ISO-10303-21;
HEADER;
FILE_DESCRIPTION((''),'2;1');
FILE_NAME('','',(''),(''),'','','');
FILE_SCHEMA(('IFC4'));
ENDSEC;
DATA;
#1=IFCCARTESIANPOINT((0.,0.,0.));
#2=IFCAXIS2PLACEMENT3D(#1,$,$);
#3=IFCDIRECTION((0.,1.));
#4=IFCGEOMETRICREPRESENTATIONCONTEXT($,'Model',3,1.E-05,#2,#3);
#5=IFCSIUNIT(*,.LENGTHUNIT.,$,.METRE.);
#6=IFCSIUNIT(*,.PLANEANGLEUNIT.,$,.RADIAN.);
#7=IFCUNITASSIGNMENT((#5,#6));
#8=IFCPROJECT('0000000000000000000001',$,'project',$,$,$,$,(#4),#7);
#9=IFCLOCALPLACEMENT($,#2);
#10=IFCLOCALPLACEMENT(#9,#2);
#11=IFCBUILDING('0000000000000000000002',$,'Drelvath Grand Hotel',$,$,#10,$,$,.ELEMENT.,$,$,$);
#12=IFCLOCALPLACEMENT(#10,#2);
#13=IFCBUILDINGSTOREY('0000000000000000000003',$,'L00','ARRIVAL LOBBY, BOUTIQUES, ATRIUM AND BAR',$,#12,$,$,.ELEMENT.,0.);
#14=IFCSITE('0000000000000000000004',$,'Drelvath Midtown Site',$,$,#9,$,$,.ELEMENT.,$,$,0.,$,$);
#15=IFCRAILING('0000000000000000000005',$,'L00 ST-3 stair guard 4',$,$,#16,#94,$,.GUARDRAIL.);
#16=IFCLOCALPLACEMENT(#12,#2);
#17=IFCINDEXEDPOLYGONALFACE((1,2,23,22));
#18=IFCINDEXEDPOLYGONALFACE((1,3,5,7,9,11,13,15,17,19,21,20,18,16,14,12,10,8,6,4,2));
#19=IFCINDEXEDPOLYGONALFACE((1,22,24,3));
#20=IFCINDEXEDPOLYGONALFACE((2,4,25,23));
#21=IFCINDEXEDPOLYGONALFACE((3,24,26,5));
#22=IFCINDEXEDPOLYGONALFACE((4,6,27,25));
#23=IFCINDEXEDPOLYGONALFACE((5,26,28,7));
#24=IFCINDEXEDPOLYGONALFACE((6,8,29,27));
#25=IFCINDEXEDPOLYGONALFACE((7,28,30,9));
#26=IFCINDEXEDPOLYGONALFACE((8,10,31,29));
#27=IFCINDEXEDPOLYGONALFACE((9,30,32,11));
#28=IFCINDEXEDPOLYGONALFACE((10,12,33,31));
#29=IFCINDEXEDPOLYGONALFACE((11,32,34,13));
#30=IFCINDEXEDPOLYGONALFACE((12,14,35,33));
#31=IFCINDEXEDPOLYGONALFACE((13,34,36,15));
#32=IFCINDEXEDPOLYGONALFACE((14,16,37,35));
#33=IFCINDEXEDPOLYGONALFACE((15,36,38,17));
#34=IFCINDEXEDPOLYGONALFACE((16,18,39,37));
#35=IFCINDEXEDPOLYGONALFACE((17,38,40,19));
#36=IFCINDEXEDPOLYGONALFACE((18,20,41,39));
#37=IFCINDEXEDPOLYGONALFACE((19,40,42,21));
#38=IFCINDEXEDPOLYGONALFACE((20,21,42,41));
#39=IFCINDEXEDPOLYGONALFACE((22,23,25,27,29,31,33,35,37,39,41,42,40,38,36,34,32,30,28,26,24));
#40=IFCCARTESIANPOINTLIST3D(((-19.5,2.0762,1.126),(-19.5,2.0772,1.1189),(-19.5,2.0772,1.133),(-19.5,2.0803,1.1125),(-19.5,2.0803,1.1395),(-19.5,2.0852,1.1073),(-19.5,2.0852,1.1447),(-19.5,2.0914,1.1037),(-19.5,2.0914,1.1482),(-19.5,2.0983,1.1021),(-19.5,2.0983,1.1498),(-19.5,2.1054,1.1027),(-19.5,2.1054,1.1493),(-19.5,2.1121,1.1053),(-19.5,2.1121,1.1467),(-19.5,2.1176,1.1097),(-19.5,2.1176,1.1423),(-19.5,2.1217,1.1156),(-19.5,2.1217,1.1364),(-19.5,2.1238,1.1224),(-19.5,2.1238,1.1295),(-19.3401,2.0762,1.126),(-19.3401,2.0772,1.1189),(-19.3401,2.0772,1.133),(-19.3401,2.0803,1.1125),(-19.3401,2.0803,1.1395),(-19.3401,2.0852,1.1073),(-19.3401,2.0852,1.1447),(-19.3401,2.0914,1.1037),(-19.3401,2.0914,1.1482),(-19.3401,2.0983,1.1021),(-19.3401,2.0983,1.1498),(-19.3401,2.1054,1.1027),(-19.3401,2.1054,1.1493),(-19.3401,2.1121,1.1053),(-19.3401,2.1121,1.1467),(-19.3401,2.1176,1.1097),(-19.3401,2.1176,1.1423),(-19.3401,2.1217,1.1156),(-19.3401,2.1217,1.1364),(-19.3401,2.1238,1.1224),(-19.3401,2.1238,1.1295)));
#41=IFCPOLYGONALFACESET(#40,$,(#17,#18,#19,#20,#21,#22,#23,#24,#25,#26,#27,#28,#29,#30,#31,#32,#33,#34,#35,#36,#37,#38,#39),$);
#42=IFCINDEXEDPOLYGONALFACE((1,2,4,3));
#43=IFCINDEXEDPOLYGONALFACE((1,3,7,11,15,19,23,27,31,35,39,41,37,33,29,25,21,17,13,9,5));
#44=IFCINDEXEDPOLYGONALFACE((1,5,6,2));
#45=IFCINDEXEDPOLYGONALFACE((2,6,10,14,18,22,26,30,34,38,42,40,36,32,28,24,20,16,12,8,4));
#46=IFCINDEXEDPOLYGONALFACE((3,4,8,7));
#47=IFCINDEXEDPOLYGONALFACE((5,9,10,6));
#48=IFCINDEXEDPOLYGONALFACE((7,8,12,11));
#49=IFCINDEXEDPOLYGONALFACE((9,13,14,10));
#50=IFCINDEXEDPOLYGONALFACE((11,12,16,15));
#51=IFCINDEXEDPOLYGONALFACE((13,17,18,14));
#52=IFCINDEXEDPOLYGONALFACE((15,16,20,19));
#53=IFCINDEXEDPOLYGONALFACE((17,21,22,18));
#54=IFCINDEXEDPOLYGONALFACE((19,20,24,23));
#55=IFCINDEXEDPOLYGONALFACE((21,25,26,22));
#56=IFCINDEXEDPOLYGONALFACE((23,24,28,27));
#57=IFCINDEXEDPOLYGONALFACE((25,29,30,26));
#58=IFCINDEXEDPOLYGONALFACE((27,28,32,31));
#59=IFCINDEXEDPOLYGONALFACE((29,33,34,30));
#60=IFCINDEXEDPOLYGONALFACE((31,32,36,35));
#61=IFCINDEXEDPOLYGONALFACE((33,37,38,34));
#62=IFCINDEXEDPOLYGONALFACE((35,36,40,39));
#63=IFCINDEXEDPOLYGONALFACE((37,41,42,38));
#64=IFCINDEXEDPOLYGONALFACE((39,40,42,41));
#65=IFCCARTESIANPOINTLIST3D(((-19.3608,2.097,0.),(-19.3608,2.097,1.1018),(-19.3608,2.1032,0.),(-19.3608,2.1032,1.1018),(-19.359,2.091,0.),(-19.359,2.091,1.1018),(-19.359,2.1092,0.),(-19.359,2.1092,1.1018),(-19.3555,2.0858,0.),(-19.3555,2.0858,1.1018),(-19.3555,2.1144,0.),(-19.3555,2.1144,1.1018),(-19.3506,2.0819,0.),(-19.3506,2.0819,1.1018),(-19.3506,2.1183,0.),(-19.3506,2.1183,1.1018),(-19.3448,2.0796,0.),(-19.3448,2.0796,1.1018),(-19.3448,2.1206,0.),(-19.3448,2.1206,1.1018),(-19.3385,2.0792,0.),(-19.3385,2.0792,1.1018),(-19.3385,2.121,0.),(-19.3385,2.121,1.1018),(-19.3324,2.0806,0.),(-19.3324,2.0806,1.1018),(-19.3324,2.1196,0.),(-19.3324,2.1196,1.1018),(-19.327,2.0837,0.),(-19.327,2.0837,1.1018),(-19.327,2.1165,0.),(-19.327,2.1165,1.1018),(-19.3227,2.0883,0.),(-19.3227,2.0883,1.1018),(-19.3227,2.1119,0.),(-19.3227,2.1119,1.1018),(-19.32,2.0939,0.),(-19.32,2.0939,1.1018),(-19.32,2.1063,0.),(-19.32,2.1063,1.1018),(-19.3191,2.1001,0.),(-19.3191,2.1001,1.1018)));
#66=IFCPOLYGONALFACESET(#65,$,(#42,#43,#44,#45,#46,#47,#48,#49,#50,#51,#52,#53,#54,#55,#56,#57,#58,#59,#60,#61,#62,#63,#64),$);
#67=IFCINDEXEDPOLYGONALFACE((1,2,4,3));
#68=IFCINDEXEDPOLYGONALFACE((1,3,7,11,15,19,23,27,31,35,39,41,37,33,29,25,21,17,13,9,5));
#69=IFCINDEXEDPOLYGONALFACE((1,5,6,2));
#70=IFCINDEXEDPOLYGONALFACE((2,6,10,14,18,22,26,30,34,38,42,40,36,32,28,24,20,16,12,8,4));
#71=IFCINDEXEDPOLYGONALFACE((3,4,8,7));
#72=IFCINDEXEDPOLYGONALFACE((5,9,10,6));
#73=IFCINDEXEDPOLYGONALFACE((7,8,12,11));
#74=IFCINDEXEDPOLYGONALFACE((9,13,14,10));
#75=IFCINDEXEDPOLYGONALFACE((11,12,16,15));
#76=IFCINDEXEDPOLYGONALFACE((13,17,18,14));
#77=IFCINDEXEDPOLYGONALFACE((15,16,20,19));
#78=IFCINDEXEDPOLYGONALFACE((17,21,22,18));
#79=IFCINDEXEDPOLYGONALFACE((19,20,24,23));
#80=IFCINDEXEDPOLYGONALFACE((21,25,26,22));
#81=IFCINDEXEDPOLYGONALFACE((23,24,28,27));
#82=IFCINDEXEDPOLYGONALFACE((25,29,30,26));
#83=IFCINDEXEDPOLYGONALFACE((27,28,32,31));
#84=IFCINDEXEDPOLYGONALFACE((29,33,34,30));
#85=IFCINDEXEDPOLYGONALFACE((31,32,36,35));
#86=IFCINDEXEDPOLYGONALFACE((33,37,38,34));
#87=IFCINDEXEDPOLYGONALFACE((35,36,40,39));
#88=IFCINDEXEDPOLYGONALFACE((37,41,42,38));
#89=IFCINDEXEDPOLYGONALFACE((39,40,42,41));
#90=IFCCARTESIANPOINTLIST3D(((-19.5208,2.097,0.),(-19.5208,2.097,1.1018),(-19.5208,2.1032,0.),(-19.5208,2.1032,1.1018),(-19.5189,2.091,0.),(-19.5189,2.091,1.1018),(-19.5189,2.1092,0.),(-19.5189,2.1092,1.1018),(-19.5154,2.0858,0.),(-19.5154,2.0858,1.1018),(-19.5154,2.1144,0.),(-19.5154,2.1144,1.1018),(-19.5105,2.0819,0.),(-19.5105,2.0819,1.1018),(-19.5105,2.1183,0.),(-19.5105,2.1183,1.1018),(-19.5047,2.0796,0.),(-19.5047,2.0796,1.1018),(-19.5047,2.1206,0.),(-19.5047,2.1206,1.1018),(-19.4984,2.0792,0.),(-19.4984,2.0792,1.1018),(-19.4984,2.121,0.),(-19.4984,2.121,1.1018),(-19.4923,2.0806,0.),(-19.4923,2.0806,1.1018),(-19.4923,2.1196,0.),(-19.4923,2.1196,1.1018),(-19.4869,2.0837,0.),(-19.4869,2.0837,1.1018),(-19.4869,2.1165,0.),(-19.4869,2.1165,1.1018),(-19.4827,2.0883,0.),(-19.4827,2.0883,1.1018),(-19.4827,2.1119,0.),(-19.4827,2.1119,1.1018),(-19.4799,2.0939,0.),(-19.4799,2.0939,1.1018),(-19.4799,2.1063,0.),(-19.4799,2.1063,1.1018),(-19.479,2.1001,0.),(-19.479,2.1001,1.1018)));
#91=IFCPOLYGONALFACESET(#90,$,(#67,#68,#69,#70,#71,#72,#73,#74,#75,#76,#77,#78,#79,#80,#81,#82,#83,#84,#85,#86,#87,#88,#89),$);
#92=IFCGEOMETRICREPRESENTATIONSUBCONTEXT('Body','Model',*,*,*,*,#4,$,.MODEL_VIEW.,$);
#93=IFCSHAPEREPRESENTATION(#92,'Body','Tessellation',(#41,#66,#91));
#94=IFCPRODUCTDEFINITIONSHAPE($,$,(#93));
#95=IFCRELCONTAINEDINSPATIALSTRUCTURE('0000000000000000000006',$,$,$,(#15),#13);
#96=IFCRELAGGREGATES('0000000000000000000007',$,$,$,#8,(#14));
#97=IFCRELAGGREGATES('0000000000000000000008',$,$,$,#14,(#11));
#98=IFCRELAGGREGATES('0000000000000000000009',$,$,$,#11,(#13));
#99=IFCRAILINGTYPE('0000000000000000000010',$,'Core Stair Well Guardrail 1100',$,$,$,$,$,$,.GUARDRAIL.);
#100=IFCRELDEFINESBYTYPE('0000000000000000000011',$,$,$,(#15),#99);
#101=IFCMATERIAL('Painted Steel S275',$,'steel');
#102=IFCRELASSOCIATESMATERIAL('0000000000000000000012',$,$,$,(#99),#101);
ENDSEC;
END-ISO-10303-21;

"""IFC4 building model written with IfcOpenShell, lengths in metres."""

from ifc_helpers import new_model, si_unit, direction, frame, origin, origin_2d, place, context, subcontext, project, spatial, circle, extrude, material, type_object, element, save


model = new_model("IFC4")

# Units and contexts
model_context = context("Model", 3, precision=1e-05, world=origin(), true_north=direction((0.0, 1.0)))
body_context = subcontext(model_context, "Body", "Model", "MODEL_VIEW")
ifc_project = project(units=[si_unit("LENGTHUNIT", "METRE"), si_unit("PLANEANGLEUNIT", "RADIAN")], contexts=[model_context])

# Site, building, storey
site_placement = place(None, origin())
site = spatial("IfcSite", under=ifc_project, at=site_placement, Name="Drelvath Midtown Site", CompositionType="ELEMENT", RefElevation=0.0)
building_placement = place(site_placement, origin())
building = spatial("IfcBuilding", under=site, at=building_placement, Name="Drelvath Grand Hotel", CompositionType="ELEMENT")
storey_placement = place(building_placement, origin())
storey = spatial("IfcBuildingStorey", under=building, at=storey_placement, Name="L00", Description="ARRIVAL LOBBY, BOUTIQUES, ATRIUM AND BAR", CompositionType="ELEMENT", Elevation=0.0)

# Shared definitions
ifc_material_1 = material(Name="Painted Steel S275", Category="steel")

# Railing
railing_type_1 = type_object("IfcRailingType", Name="Core Stair Well Guardrail 1100", PredefinedType="GUARDRAIL", material=ifc_material_1)
railing_1_placement = place(storey_placement, frame((-19.3401, 2.1001, 0.0)))
element("IfcRailing", 1, at=railing_1_placement, inside=storey, type_object=railing_type_1, Name="L00 ST-3 stair guard 4", PredefinedType="GUARDRAIL", context=body_context, shape_type="SweptSolid", body=[
    extrude(circle(Radius=0.0239, at=origin_2d()), frame((0.0, 0.0, 1.126), z_axis=(-1.0, 0.0, 0.0), x_axis=(0.0, -1.0, 0.0)), (0.0, 0.0, 1.0), 0.1599),
    extrude(circle(Radius=0.021, at=origin_2d()), origin(), (0.0, 0.0, 1.0), 1.1018),
    extrude(circle(Radius=0.021, at=origin_2d()), frame((-0.1599, 0.0, 0.0)), (0.0, 0.0, 1.0), 1.1018),
])

save(model, "model.ifc")
